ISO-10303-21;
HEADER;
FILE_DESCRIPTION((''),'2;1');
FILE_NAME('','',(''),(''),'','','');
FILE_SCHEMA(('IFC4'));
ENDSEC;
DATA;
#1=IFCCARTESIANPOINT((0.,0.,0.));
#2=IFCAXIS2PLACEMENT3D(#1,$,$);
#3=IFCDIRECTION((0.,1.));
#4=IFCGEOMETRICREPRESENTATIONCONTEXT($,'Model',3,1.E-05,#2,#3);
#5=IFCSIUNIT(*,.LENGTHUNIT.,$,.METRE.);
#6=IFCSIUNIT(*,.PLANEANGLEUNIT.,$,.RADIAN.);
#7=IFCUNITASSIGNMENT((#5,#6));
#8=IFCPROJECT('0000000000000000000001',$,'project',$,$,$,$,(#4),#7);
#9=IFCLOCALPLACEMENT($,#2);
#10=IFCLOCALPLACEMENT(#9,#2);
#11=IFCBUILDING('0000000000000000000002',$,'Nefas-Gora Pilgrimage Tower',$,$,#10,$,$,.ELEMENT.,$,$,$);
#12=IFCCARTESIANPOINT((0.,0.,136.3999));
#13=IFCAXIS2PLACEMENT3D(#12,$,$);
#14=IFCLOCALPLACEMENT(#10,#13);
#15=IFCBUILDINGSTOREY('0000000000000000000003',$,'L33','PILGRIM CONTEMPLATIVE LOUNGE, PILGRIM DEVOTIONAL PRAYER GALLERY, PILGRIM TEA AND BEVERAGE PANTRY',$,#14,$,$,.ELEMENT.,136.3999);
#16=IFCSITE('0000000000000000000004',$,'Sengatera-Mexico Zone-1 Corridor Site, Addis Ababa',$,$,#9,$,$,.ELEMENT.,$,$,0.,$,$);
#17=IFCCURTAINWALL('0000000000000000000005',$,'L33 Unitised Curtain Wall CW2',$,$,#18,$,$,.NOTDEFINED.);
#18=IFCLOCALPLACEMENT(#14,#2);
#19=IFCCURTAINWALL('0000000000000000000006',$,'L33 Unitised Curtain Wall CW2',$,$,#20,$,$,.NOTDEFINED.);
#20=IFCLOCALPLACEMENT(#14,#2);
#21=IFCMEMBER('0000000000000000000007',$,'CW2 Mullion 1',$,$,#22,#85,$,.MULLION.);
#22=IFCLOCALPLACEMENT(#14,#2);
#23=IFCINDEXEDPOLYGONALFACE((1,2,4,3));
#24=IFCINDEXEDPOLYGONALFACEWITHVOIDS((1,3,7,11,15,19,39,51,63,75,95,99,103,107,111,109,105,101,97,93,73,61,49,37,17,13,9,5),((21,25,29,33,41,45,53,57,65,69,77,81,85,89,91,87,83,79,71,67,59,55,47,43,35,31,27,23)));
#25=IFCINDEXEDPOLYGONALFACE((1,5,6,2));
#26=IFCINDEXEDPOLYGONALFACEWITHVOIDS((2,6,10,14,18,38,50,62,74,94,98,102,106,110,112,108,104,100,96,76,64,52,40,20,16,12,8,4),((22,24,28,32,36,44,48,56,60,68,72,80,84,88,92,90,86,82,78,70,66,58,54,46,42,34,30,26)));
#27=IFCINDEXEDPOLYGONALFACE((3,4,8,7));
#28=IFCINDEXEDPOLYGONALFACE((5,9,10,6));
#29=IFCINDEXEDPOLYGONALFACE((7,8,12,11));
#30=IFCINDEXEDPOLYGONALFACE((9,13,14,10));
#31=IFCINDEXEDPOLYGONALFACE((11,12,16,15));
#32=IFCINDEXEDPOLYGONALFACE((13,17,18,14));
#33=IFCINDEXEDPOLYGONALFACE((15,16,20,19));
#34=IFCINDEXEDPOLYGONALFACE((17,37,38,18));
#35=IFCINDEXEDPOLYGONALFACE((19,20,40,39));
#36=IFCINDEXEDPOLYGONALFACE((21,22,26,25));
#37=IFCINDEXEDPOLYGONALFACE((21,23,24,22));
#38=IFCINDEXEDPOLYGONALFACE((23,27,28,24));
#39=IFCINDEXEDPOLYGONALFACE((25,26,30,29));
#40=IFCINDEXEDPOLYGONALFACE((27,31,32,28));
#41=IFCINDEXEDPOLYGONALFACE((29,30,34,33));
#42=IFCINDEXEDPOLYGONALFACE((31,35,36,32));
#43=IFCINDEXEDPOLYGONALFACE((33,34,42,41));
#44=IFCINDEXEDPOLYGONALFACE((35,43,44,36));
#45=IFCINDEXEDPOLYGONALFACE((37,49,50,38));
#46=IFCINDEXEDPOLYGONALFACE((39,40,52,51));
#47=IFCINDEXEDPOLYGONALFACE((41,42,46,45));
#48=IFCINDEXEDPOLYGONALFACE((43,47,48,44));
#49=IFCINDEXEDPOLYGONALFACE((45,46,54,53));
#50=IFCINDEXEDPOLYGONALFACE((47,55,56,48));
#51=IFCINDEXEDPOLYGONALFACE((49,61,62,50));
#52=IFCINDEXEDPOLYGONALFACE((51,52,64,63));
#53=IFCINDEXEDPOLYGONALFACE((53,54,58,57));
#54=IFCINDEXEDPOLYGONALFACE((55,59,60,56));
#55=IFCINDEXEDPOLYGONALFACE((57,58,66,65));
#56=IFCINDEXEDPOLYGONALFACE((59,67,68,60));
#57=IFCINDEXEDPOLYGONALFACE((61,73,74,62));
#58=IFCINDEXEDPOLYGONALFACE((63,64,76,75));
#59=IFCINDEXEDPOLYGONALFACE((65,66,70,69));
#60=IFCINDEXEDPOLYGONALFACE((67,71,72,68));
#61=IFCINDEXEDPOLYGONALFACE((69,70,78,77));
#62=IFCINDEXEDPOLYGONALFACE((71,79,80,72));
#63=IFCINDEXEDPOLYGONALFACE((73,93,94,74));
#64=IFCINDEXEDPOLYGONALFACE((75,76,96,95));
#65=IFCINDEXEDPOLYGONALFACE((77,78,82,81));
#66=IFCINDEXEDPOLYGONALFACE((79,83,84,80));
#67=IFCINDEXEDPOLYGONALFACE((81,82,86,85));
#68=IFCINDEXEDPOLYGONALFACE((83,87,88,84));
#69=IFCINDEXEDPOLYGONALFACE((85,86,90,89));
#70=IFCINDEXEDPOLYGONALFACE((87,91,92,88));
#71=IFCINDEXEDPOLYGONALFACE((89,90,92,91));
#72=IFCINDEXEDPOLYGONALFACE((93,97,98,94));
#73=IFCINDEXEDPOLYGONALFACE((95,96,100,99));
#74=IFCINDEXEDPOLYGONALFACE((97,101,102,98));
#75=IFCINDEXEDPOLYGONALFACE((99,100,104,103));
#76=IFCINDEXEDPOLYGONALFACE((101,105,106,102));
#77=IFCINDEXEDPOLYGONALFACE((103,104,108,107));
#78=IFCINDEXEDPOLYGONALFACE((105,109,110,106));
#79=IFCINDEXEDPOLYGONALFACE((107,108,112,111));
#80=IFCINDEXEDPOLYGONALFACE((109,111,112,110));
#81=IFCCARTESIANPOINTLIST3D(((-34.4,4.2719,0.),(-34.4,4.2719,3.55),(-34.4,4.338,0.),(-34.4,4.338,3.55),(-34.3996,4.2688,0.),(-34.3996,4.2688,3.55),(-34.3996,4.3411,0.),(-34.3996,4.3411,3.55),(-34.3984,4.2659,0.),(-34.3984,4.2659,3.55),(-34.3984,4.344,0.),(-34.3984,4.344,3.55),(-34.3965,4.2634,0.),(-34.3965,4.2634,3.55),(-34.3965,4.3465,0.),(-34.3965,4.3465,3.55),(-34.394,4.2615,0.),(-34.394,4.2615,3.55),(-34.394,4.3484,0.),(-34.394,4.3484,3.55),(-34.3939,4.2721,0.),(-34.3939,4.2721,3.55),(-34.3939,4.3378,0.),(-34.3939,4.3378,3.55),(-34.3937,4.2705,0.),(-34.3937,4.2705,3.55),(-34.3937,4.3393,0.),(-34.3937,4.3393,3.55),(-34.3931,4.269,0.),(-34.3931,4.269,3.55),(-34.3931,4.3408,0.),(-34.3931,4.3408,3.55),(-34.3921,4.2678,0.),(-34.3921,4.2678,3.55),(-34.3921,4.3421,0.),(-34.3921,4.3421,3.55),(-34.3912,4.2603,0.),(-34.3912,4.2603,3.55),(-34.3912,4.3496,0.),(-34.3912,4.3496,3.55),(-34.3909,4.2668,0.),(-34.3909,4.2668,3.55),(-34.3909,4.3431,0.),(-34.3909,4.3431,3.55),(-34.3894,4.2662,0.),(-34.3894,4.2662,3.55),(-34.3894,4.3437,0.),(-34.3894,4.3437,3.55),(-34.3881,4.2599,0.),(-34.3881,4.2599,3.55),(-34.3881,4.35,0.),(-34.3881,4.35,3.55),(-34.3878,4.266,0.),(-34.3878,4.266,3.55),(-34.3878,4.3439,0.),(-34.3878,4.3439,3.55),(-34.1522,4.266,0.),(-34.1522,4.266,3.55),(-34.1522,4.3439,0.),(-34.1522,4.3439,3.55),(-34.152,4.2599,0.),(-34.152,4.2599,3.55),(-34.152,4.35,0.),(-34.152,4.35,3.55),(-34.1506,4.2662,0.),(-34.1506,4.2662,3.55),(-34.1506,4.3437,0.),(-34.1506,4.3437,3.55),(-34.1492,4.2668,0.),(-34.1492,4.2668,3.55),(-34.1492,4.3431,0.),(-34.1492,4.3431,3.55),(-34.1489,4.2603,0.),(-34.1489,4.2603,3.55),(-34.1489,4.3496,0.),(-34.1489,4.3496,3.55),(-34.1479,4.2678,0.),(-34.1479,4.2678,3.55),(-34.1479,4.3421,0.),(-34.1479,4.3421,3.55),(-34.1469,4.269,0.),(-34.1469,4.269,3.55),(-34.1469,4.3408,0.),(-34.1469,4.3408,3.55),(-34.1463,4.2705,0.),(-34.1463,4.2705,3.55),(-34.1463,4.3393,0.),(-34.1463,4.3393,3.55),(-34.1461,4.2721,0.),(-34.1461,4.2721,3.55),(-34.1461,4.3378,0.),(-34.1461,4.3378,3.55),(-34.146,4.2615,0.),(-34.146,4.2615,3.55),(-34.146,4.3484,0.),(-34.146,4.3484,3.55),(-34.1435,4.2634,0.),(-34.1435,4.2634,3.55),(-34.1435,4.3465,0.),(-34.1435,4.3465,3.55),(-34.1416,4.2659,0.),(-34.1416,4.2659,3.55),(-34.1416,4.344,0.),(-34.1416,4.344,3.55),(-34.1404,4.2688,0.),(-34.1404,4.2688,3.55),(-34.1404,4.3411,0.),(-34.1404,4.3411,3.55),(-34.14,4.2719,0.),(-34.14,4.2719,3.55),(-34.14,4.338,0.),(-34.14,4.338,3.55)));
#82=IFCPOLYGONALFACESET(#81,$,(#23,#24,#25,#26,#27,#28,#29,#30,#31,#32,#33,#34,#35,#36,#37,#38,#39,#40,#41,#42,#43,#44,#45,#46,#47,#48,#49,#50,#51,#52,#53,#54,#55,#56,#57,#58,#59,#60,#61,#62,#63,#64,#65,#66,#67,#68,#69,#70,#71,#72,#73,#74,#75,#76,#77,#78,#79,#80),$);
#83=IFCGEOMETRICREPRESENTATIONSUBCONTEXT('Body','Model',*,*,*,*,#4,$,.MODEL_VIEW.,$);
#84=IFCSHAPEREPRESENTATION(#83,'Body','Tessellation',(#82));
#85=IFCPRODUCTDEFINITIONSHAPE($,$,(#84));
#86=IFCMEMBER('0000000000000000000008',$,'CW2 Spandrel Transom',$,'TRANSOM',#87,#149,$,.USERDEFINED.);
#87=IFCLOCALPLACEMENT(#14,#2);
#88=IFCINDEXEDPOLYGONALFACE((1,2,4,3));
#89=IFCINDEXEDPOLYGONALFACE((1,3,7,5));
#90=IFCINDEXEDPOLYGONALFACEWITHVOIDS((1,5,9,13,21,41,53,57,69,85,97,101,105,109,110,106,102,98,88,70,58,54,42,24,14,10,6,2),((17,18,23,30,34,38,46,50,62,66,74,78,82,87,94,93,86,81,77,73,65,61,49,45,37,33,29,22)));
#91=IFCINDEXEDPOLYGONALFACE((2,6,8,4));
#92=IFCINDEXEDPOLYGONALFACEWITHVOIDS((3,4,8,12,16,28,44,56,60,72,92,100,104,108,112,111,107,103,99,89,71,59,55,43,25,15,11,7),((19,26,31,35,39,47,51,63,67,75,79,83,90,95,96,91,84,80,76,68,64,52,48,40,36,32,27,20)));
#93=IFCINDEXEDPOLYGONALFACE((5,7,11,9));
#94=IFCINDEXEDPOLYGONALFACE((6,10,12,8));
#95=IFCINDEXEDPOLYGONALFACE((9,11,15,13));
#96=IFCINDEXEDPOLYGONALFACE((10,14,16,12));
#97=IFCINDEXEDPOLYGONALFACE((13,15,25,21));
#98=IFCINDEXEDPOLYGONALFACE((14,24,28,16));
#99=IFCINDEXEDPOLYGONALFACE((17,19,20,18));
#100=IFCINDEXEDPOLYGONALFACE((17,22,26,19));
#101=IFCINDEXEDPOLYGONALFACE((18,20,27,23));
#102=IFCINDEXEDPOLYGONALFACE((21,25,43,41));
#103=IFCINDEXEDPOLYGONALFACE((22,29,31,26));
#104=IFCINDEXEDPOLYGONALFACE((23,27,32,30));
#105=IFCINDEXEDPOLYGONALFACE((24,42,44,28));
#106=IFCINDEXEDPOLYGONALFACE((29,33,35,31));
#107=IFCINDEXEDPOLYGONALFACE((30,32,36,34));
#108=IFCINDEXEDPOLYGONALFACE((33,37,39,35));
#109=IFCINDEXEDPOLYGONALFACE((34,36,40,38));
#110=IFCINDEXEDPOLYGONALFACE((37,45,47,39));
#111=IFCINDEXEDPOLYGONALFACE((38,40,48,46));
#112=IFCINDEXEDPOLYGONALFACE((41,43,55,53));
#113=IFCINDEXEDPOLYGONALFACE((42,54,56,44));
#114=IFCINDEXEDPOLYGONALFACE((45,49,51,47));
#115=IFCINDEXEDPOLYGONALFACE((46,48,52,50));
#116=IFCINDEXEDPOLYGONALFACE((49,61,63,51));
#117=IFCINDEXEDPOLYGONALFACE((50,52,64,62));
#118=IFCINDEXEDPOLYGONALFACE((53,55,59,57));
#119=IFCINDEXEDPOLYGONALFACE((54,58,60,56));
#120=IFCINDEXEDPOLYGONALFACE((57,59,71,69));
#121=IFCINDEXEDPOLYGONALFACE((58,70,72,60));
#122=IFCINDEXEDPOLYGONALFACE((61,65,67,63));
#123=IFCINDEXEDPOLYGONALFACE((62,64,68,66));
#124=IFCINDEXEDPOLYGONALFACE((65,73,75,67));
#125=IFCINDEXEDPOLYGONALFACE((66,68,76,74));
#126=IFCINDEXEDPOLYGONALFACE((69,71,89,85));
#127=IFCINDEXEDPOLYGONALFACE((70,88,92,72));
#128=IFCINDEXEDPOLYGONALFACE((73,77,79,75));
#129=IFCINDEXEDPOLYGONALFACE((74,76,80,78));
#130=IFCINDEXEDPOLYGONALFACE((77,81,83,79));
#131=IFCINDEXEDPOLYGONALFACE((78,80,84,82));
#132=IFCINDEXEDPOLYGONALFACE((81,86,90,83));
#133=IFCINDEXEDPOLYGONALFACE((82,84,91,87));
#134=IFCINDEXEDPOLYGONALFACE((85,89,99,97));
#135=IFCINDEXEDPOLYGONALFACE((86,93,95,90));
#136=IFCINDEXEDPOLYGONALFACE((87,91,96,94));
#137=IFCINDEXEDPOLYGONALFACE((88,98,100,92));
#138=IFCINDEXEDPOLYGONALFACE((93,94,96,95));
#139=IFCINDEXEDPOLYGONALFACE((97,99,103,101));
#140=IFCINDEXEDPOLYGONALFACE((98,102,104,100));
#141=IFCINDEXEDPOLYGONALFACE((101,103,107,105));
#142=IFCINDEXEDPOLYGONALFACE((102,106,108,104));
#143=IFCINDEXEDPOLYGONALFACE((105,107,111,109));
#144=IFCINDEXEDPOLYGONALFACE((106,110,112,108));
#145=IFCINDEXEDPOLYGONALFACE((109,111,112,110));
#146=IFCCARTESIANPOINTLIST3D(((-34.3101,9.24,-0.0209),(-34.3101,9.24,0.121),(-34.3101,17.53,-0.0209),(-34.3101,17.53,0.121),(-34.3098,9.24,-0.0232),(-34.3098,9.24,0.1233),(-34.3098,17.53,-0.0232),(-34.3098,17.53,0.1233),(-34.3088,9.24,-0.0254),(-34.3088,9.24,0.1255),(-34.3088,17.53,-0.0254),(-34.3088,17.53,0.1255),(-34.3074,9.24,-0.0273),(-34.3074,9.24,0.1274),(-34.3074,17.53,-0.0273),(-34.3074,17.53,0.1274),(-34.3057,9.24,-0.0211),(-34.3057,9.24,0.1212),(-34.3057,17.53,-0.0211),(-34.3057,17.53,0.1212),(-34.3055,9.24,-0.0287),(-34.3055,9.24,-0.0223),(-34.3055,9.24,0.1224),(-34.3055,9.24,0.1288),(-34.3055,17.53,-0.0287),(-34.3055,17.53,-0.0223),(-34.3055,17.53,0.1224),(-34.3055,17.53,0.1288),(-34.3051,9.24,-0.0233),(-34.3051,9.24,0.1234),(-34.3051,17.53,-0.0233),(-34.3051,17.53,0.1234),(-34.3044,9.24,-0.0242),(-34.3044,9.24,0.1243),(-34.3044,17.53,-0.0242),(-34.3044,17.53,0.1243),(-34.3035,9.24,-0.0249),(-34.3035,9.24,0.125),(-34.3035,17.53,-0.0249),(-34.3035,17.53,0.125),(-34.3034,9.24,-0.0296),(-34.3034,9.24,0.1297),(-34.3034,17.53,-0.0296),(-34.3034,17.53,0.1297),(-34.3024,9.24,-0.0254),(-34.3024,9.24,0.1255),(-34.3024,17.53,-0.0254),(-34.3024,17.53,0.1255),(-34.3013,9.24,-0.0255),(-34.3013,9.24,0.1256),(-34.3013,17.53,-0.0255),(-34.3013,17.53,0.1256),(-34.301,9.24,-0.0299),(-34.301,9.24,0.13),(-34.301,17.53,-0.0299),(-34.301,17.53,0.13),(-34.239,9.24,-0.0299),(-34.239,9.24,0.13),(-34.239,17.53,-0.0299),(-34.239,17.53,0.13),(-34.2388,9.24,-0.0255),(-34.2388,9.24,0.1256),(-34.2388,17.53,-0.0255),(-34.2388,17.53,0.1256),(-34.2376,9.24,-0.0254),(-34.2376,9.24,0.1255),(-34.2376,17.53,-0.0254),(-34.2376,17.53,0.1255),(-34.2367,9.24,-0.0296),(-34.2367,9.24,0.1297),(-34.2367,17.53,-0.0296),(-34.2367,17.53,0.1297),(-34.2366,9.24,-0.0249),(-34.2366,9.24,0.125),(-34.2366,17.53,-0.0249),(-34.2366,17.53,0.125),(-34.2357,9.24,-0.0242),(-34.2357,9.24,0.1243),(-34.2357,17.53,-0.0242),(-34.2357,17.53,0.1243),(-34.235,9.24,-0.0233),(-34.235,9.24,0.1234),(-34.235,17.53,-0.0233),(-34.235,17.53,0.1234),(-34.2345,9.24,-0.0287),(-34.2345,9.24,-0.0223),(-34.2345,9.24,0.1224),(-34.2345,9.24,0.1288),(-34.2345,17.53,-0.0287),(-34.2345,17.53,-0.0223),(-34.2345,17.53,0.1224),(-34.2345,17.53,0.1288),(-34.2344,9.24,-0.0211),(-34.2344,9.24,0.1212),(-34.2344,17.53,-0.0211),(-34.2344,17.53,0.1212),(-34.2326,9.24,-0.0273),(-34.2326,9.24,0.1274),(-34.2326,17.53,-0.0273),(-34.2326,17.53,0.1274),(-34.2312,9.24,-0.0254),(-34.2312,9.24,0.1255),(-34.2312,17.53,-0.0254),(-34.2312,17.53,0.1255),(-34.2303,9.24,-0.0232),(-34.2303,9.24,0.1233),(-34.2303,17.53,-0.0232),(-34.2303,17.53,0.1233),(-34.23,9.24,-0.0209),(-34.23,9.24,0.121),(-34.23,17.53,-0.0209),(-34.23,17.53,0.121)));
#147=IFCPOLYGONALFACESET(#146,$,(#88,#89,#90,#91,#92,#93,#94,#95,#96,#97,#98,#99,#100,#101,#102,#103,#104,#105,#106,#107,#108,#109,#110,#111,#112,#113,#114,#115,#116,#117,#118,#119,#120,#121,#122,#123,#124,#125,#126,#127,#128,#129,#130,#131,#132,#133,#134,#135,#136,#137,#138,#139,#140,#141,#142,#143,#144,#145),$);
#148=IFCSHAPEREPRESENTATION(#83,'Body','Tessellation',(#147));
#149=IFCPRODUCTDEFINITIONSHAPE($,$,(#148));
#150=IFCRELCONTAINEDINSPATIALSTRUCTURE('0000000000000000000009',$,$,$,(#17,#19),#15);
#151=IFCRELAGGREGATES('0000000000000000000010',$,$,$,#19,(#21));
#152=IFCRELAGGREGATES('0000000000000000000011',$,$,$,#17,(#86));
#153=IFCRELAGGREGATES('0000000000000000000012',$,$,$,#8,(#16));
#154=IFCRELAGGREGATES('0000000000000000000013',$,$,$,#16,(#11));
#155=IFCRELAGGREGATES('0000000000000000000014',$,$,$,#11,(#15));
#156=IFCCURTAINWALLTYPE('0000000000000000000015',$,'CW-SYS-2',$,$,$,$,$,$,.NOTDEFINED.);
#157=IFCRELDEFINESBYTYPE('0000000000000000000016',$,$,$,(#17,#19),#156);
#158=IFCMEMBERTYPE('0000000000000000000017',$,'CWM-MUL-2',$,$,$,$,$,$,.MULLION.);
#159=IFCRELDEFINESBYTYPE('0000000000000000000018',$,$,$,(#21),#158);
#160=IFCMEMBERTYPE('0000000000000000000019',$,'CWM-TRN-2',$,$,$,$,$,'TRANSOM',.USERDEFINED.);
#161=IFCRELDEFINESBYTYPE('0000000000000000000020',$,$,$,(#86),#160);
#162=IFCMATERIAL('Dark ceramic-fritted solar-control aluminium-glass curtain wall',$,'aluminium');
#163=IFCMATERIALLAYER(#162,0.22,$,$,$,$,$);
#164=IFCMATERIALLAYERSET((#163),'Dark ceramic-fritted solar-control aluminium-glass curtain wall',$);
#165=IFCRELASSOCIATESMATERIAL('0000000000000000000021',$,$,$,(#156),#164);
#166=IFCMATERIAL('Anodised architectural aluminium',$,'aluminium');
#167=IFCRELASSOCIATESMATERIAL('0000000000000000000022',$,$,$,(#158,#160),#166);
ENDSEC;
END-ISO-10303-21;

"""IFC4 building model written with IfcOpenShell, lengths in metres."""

from ifc_helpers import new_model, si_unit, direction, frame, origin, origin_2d, place, context, subcontext, project, spatial, hollow_rectangle, extrude, source, transform, mapped, material, layer, layer_set, material_profile, profile_set, type_object, element, aggregate, save


model = new_model("IFC4")

# Units and contexts
model_context = context("Model", 3, precision=1e-05, world=origin(), true_north=direction((0.0, 1.0)))
body_context = subcontext(model_context, "Body", "Model", "MODEL_VIEW")
ifc_project = project(units=[si_unit("LENGTHUNIT", "METRE"), si_unit("PLANEANGLEUNIT", "RADIAN")], contexts=[model_context])

# Site, building, storey
site_placement = place(None, origin())
site = spatial("IfcSite", under=ifc_project, at=site_placement, Name="Sengatera-Mexico Zone-1 Corridor Site, Addis Ababa", CompositionType="ELEMENT", RefElevation=0.0)
building_placement = place(site_placement, origin())
building = spatial("IfcBuilding", under=site, at=building_placement, Name="Nefas-Gora Pilgrimage Tower", CompositionType="ELEMENT")
storey_placement = place(building_placement, frame((0.0, 0.0, 136.3999)))
storey = spatial("IfcBuildingStorey", under=building, at=storey_placement, Name="L33", Description="PILGRIM CONTEMPLATIVE LOUNGE, PILGRIM DEVOTIONAL PRAYER GALLERY, PILGRIM TEA AND BEVERAGE PANTRY", CompositionType="ELEMENT", Elevation=136.3999)

# Shared definitions
ifc_material_1 = material(Name="Dark ceramic-fritted solar-control aluminium-glass curtain wall", Category="aluminium")
ifc_layer_1 = layer(ifc_material_1, 0.22)
ifc_layer_set_1 = layer_set([ifc_layer_1], Name="Dark ceramic-fritted solar-control aluminium-glass curtain wall")
curtain_wall_type = type_object("IfcCurtainWallType", Name="CW-SYS-2", PredefinedType="NOTDEFINED", material=ifc_layer_set_1)
ifc_material_2 = material(Name="Anodised architectural aluminium", Category="aluminium")
ifc_material_profile_1 = material_profile(ifc_material_2, hollow_rectangle(XDim=0.0901, YDim=0.26, WallThickness=0.0061, InnerFilletRadius=0.0061, OuterFilletRadius=0.012, at=origin_2d()), Name="ALU MULLION 90x260")
ifc_profile_set_1 = profile_set([ifc_material_profile_1], Name="Anodised architectural aluminium")
member_type_1 = type_object("IfcMemberType", Name="CWM-MUL-2", PredefinedType="MULLION", material=ifc_profile_set_1)
shared_shape_1 = source(origin(), body_context, "Body", "SweptSolid", [
    extrude(hollow_rectangle(XDim=0.0901, YDim=0.26, WallThickness=0.0061, InnerFilletRadius=0.0061, OuterFilletRadius=0.012, at=origin_2d()), origin(), (0.0, 0.0, 1.0), 3.55),
])

# Curtain wall
curtain_wall_1_placement = place(storey_placement, origin())
curtain_wall_1 = element("IfcCurtainWall", 1, at=curtain_wall_1_placement, inside=storey, type_object=curtain_wall_type, Name="L33 Unitised Curtain Wall CW2", PredefinedType="NOTDEFINED")

# Curtain wall, member
curtain_wall_2_placement = place(storey_placement, origin())
curtain_wall_2 = element("IfcCurtainWall", 2, at=curtain_wall_2_placement, inside=storey, type_object=curtain_wall_type, Name="L33 Unitised Curtain Wall CW2", PredefinedType="NOTDEFINED")
member_1_placement = place(storey_placement, frame((-34.27, 4.3049, 0.0), z_axis=(0.0, 0.0, 1.0), x_axis=(0.0, -1.0, 0.0)))
member_1 = element("IfcMember", 3, at=member_1_placement, type_object=member_type_1, Name="CW2 Mullion 1", PredefinedType="MULLION", context=body_context, shape_type="MappedRepresentation", body=[
    mapped(shared_shape_1, transform((0.0, 0.0, 0.0), x_axis=(1.0, 0.0, 0.0), y_axis=(0.0, 1.0, 0.0), z_axis=(0.0, 0.0, 1.0), scale=1.0)),
])

# Member
ifc_material_profile_2 = material_profile(ifc_material_2, hollow_rectangle(XDim=0.0801, YDim=0.1599, WallThickness=0.0044, InnerFilletRadius=0.0044, OuterFilletRadius=0.009, at=origin_2d()), Name="ALU TRANSOM 80x160")
ifc_profile_set_2 = profile_set([ifc_material_profile_2], Name="Anodised architectural aluminium")
member_type_2 = type_object("IfcMemberType", Name="CWM-TRN-2", ElementType="TRANSOM", PredefinedType="USERDEFINED", material=ifc_profile_set_2)
shared_shape_2 = source(origin(), body_context, "Body", "SweptSolid", [
    extrude(hollow_rectangle(XDim=0.0801, YDim=0.1599, WallThickness=0.0044, InnerFilletRadius=0.0044, OuterFilletRadius=0.009, at=origin_2d()), origin(), (0.0, 0.0, 1.0), 8.29),
])
member_2_placement = place(storey_placement, frame((-34.27, 17.53, 0.05), z_axis=(0.0, -1.0, 0.0), x_axis=(1.0, 0.0, 0.0)))
member_2 = element("IfcMember", 4, at=member_2_placement, type_object=member_type_2, Name="CW2 Spandrel Transom", ObjectType="TRANSOM", PredefinedType="USERDEFINED", context=body_context, shape_type="MappedRepresentation", body=[
    mapped(shared_shape_2, transform((0.0, 0.0, 0.0), x_axis=(1.0, 0.0, 0.0), y_axis=(0.0, 1.0, 0.0), z_axis=(0.0, 0.0, 1.0), scale=1.0)),
])
aggregate(curtain_wall_2, [member_1])

aggregate(curtain_wall_1, [member_2])

save(model, "model.ifc")
